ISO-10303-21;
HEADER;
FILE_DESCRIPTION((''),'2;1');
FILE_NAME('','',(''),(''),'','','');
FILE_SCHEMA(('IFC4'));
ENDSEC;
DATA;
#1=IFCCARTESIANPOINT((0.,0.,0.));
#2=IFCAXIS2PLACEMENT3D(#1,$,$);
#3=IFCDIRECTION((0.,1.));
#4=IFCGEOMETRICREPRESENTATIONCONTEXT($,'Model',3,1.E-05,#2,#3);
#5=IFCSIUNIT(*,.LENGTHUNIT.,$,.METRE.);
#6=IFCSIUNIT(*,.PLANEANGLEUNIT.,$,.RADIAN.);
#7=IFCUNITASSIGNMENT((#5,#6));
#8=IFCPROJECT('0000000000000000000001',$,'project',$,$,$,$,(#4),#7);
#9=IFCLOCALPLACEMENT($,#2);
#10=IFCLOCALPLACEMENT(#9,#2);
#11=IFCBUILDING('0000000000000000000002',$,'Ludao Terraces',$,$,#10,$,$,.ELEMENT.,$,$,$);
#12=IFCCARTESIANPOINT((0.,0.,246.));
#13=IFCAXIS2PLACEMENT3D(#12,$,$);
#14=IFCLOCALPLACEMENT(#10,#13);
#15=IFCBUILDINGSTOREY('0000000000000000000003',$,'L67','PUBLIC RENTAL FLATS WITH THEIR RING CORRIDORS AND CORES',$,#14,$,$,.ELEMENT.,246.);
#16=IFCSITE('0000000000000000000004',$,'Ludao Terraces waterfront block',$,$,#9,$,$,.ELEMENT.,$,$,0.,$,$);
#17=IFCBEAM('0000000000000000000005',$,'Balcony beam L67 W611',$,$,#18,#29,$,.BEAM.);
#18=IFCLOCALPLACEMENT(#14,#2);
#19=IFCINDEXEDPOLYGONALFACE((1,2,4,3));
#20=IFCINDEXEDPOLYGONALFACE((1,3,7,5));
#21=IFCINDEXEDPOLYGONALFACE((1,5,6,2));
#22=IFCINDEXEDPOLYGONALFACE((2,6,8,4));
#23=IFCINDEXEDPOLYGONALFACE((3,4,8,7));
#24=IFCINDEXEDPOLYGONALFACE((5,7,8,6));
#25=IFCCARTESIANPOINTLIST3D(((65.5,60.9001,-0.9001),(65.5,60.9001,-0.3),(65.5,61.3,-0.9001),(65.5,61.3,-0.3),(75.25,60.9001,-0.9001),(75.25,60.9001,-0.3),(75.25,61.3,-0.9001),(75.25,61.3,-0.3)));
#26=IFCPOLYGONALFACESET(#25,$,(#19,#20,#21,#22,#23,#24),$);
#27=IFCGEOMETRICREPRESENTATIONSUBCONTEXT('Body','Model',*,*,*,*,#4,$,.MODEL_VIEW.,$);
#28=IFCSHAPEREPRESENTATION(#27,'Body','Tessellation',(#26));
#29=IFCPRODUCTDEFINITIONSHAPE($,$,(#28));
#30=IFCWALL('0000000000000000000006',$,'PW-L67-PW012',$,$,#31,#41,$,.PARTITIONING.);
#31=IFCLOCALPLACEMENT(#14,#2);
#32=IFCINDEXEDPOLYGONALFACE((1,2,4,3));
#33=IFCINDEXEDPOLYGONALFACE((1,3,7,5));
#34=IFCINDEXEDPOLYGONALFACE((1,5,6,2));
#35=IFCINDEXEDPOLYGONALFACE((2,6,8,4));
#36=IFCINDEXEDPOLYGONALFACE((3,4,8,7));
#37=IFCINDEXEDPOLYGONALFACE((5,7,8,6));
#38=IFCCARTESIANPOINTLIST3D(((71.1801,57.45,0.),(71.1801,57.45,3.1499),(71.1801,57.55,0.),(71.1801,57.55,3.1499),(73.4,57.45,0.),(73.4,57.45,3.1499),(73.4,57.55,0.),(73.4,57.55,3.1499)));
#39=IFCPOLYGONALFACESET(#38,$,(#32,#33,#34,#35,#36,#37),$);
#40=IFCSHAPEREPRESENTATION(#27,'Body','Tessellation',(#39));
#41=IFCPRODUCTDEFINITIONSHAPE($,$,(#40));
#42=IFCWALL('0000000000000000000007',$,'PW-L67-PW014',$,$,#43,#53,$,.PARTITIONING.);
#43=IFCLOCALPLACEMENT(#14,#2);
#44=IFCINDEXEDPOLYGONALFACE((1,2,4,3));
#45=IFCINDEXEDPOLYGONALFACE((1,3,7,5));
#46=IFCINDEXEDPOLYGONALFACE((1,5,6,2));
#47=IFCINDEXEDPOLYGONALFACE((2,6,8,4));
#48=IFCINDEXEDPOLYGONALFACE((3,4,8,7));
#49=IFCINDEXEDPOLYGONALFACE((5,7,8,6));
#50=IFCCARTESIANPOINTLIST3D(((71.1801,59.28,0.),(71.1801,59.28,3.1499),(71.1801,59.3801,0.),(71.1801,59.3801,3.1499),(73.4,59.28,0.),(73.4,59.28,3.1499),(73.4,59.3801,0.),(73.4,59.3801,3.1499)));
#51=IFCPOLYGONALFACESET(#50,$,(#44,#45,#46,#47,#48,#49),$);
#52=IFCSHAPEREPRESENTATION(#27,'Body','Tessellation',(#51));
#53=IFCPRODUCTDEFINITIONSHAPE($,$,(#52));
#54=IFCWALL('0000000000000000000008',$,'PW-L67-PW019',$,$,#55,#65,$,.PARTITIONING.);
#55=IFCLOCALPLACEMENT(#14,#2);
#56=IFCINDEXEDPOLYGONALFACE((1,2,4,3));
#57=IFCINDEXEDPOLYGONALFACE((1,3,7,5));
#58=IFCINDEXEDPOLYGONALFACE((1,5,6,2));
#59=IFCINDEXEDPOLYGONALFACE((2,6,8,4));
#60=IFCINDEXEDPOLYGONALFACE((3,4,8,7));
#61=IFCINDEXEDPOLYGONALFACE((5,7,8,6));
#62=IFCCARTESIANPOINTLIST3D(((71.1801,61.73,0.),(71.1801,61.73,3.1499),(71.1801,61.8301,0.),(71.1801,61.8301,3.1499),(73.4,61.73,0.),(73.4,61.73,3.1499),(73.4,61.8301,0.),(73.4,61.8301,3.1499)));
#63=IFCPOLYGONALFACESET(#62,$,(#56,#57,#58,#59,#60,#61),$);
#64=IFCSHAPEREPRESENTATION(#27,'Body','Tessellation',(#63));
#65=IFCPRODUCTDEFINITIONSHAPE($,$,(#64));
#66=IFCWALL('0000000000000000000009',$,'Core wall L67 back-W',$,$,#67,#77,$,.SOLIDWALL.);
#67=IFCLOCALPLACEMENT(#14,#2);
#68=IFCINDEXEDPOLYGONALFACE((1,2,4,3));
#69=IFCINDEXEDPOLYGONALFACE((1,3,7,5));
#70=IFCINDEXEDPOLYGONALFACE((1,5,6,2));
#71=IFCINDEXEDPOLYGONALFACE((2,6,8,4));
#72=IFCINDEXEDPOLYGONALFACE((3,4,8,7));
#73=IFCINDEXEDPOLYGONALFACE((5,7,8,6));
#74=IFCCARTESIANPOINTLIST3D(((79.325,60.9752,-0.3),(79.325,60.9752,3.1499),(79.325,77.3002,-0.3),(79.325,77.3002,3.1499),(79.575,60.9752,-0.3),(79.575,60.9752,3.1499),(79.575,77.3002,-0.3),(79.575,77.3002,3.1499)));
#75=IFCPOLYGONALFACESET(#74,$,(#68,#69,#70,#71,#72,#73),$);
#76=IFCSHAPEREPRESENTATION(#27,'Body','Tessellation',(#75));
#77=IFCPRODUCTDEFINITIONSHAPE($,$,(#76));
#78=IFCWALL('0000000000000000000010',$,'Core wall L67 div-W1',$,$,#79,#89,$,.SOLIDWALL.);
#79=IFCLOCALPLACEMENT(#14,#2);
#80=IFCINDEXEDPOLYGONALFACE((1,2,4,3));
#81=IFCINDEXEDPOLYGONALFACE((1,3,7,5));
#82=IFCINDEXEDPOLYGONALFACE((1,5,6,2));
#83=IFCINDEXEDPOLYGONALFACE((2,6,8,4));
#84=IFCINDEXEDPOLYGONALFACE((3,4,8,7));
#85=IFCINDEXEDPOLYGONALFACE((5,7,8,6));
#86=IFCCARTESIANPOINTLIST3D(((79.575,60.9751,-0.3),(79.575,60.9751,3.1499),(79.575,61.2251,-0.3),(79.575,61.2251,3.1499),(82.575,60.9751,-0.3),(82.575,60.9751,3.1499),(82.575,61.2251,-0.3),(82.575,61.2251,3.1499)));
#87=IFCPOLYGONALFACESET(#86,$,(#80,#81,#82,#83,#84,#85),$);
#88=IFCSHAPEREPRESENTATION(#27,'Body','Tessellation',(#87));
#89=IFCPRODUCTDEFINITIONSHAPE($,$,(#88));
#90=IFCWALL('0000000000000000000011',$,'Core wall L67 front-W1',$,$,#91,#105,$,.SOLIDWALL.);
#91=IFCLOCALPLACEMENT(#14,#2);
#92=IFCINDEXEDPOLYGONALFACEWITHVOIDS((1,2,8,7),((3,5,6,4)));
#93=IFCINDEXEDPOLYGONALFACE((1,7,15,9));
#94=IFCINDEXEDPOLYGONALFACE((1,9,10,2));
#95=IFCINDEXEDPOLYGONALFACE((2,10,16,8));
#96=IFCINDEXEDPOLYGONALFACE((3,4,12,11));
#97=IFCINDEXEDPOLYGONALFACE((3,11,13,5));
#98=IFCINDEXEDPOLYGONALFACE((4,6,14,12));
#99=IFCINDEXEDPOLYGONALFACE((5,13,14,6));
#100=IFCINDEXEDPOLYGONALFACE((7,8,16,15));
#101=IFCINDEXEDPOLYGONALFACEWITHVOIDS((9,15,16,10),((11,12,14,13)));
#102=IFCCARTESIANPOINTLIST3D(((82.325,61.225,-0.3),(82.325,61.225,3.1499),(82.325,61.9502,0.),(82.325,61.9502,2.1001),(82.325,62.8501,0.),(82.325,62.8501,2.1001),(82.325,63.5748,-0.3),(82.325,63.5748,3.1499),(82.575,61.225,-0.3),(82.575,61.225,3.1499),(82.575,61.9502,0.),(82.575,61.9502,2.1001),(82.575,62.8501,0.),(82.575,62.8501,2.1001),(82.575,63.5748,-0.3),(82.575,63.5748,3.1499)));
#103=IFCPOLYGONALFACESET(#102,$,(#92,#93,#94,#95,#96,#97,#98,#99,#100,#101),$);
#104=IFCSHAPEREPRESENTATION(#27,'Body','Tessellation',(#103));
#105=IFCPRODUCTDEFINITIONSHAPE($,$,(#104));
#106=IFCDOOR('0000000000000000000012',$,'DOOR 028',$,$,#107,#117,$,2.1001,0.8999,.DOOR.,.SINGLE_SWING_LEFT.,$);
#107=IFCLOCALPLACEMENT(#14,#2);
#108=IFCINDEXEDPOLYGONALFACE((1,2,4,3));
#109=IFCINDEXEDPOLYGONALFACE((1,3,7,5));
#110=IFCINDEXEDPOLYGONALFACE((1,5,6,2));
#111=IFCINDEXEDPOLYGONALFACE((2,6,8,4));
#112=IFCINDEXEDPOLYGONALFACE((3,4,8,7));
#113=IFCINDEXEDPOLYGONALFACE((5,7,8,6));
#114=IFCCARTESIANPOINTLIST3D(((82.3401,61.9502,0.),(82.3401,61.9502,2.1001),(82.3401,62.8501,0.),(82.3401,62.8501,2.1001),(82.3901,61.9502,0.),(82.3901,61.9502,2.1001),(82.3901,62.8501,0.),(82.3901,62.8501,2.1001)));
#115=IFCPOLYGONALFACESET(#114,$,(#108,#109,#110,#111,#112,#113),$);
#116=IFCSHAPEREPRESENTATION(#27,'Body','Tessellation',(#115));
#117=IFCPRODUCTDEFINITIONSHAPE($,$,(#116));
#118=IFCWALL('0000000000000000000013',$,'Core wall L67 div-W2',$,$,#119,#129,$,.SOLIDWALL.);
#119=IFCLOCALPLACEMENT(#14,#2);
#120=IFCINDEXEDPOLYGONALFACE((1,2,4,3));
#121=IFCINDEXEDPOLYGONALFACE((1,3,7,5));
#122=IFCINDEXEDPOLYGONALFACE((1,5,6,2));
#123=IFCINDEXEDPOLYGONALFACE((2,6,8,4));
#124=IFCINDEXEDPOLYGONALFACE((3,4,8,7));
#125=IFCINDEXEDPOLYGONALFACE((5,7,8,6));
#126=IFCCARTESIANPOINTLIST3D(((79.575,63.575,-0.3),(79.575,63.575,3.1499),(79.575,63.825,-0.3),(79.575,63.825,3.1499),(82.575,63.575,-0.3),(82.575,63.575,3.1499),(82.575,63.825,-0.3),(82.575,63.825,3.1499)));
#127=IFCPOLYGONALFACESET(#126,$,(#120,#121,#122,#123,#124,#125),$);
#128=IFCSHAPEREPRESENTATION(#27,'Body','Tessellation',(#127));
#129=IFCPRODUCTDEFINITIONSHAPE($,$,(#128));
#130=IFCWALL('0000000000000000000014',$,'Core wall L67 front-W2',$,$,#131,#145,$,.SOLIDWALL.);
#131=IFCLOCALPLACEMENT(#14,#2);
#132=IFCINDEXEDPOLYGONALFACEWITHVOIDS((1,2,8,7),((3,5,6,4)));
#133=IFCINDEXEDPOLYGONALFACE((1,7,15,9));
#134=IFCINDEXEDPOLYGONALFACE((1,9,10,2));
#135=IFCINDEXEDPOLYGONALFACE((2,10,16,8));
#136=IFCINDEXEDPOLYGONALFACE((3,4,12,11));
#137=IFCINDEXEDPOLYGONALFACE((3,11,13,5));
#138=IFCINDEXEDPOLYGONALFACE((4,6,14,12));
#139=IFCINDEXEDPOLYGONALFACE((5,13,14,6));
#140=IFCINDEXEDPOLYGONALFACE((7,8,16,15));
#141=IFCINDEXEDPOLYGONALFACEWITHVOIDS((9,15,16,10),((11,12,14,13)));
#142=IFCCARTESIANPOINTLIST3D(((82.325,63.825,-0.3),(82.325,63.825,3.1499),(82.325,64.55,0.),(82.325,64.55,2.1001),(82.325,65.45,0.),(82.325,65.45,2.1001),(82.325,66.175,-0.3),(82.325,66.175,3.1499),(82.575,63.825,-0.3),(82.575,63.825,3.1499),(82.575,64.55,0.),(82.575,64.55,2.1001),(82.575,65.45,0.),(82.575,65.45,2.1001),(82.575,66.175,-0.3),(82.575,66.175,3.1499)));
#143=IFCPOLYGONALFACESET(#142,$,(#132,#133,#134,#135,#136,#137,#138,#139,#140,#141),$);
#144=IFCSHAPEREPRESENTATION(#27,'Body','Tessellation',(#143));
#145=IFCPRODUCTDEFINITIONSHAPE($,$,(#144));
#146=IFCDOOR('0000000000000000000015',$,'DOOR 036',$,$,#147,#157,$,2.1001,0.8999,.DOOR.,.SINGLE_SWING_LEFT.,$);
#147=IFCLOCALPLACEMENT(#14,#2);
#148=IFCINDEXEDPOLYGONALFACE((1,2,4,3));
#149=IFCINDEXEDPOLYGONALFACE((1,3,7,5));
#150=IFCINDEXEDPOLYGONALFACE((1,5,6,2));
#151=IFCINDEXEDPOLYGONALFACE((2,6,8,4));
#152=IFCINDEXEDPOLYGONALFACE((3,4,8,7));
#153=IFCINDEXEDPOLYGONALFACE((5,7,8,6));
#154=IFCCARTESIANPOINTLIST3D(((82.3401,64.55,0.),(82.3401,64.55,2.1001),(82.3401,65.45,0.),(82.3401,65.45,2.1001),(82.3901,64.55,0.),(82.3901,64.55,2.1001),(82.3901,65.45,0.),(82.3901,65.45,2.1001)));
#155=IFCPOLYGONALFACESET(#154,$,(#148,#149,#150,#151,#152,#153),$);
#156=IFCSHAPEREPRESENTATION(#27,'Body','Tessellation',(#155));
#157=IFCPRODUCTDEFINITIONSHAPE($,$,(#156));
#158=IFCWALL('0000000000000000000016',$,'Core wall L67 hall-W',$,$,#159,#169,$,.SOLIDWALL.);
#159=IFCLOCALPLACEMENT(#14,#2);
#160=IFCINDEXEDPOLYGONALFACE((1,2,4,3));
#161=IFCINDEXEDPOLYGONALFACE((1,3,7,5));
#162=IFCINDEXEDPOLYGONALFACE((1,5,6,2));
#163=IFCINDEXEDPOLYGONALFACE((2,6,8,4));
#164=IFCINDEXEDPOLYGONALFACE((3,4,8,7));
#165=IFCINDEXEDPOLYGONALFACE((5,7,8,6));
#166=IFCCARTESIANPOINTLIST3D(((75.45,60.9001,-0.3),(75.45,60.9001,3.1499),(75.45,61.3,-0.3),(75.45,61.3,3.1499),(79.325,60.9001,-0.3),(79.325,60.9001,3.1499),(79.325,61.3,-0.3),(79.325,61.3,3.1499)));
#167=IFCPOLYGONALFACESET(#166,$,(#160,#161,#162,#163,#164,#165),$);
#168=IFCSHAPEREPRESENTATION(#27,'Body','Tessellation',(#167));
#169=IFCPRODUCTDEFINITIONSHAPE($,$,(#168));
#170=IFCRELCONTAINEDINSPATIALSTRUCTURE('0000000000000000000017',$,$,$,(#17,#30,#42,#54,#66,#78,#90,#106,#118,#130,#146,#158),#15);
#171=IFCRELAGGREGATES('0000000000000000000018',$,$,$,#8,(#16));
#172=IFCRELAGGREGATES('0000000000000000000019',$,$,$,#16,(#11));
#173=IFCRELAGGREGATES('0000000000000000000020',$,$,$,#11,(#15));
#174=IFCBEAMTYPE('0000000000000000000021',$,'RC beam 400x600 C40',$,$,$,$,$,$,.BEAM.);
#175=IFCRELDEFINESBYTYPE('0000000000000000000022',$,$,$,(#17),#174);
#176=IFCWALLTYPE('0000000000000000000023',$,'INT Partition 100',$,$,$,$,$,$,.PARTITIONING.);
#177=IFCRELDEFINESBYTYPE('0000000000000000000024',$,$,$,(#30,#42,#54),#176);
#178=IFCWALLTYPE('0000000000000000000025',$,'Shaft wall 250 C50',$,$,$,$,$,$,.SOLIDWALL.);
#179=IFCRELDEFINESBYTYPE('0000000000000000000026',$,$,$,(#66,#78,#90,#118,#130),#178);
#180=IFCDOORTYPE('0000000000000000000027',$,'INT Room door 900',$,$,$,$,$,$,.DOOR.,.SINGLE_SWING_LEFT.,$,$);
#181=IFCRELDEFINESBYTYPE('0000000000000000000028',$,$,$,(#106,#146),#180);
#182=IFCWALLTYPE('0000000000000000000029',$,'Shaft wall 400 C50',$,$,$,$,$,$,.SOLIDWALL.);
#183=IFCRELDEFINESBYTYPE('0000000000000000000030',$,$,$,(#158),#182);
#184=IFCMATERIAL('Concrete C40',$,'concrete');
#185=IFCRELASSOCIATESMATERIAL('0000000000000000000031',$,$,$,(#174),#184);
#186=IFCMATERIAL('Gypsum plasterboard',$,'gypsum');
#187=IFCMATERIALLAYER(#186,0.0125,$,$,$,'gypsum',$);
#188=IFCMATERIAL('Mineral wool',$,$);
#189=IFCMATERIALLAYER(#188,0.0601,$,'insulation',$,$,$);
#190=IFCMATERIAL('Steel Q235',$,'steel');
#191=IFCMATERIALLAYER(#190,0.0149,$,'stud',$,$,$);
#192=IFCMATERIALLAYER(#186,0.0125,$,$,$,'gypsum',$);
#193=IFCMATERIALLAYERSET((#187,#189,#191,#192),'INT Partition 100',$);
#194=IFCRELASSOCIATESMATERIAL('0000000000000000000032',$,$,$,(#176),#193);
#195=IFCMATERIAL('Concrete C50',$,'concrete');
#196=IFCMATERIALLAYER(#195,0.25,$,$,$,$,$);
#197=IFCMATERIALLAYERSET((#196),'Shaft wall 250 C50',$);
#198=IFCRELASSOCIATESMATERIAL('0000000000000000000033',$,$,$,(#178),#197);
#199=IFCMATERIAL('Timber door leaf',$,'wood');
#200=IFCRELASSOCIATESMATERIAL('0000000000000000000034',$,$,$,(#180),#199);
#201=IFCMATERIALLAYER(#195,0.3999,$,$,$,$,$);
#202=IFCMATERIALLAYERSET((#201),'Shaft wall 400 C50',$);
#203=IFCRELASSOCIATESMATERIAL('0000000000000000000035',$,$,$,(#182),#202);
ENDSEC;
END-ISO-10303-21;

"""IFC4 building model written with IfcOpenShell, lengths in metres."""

from ifc_helpers import new_model, si_unit, direction, frame, frame_2d, origin, origin_2d, place, context, subcontext, project, spatial, rectangle, extrude, material, layer, layer_set, material_profile, profile_set, type_object, element, fill, save


model = new_model("IFC4")

# Units and contexts
model_context = context("Model", 3, precision=1e-05, world=origin(), true_north=direction((0.0, 1.0)))
body_context = subcontext(model_context, "Body", "Model", "MODEL_VIEW")
ifc_project = project(units=[si_unit("LENGTHUNIT", "METRE"), si_unit("PLANEANGLEUNIT", "RADIAN")], contexts=[model_context])

# Site, building, storey
site_placement = place(None, origin())
site = spatial("IfcSite", under=ifc_project, at=site_placement, Name="Ludao Terraces waterfront block", CompositionType="ELEMENT", RefElevation=0.0)
building_placement = place(site_placement, origin())
building = spatial("IfcBuilding", under=site, at=building_placement, Name="Ludao Terraces", CompositionType="ELEMENT")
storey_placement = place(building_placement, frame((0.0, 0.0, 246.0)))
storey = spatial("IfcBuildingStorey", under=building, at=storey_placement, Name="L67", Description="PUBLIC RENTAL FLATS WITH THEIR RING CORRIDORS AND CORES", CompositionType="ELEMENT", Elevation=246.0)

# Beam
ifc_material_1 = material(Name="Concrete C40", Category="concrete")
ifc_material_profile = material_profile(ifc_material_1, rectangle(XDim=0.3999, YDim=0.6001, at=origin_2d()), Name="400 X 600")
ifc_profile_set = profile_set([ifc_material_profile], Name="Concrete C40")
beam_type = type_object("IfcBeamType", Name="RC beam 400x600 C40", PredefinedType="BEAM", material=ifc_profile_set)
beam_placement = place(storey_placement, frame((75.25, 61.1001, -0.6001), z_axis=(-1.0, 0.0, 0.0), x_axis=(0.0, -1.0, 0.0)))
element("IfcBeam", 1, at=beam_placement, inside=storey, type_object=beam_type, Name="Balcony beam L67 W611", PredefinedType="BEAM", context=body_context, shape_type="SweptSolid", body=[
    extrude(rectangle(XDim=0.3999, YDim=0.6001, at=origin_2d()), origin(), (0.0, 0.0, 1.0), 9.75),
])

# Walls
ifc_material_2 = material(Name="Gypsum plasterboard", Category="gypsum")
ifc_layer_1 = layer(ifc_material_2, 0.0125, Category="gypsum")
ifc_material_3 = material(Name="Mineral wool")
ifc_layer_2 = layer(ifc_material_3, 0.0601, Name="insulation")
ifc_material_4 = material(Name="Steel Q235", Category="steel")
ifc_layer_3 = layer(ifc_material_4, 0.0149, Name="stud")
ifc_layer_4 = layer(ifc_material_2, 0.0125, Category="gypsum")
ifc_layer_set_1 = layer_set([ifc_layer_1, ifc_layer_2, ifc_layer_3, ifc_layer_4], Name="INT Partition 100")
wall_type_1 = type_object("IfcWallType", Name="INT Partition 100", PredefinedType="PARTITIONING", material=ifc_layer_set_1)
for number, where, z_axis, x_axis, name in (
    (2, (71.1802, 57.5, 0.0), (0.0, 0.0, 1.0), (1.0, 0.0, 0.0), "PW-L67-PW012"),
    (3, (71.1802, 59.3301, 0.0), (0.0, 0.0, 1.0), (1.0, 0.0, 0.0), "PW-L67-PW014"),
    (4, (71.1802, 61.78, 0.0), (0.0, 0.0, 1.0), (1.0, 0.0, 0.0), "PW-L67-PW019"),
):
    element("IfcWall", number, at=place(storey_placement, frame(where, z_axis=z_axis, x_axis=x_axis)), inside=storey, type_object=wall_type_1, Name=name, PredefinedType="PARTITIONING", context=body_context, shape_type="SweptSolid", body=[
        extrude(rectangle(XDim=2.22, YDim=0.1001, at=frame_2d((1.1099, 0.0))), origin(), (0.0, 0.0, 1.0), 3.1499),
    ])
ifc_material_5 = material(Name="Concrete C50", Category="concrete")
ifc_layer_5 = layer(ifc_material_5, 0.25)
ifc_layer_set_2 = layer_set([ifc_layer_5], Name="Shaft wall 250 C50")
wall_type_2 = type_object("IfcWallType", Name="Shaft wall 250 C50", PredefinedType="SOLIDWALL", material=ifc_layer_set_2)
wall_1_placement = place(storey_placement, frame((79.45, 60.9751, -0.3), z_axis=(0.0, 0.0, 1.0), x_axis=(0.0, 1.0, 0.0)))
element("IfcWall", 5, at=wall_1_placement, inside=storey, type_object=wall_type_2, Name="Core wall L67 back-W", PredefinedType="SOLIDWALL", context=body_context, shape_type="SweptSolid", body=[
    extrude(rectangle(XDim=16.325, YDim=0.25, at=frame_2d((8.1626, 0.0))), origin(), (0.0, 0.0, 1.0), 3.45),
])
wall_2_placement = place(storey_placement, frame((79.575, 61.1001, -0.3), z_axis=(0.0, 0.0, 1.0), x_axis=(1.0, 0.0, 0.0)))
element("IfcWall", 6, at=wall_2_placement, inside=storey, type_object=wall_type_2, Name="Core wall L67 div-W1", PredefinedType="SOLIDWALL", context=body_context, shape_type="SweptSolid", body=[
    extrude(rectangle(XDim=3.0, YDim=0.25, at=frame_2d((1.5, 0.0))), origin(), (0.0, 0.0, 1.0), 3.45),
])

# Wall, opening, door
wall_3_placement = place(storey_placement, frame((82.45, 61.2251, -0.3), z_axis=(0.0, 0.0, 1.0), x_axis=(0.0, 1.0, 0.0)))
wall_3 = element("IfcWall", 7, at=wall_3_placement, inside=storey, type_object=wall_type_2, Name="Core wall L67 front-W1", PredefinedType="SOLIDWALL", context=body_context, shape_type="SweptSolid", body=[
    extrude(rectangle(XDim=2.3499, YDim=0.25, at=frame_2d((1.1748, 0.0))), origin(), (0.0, 0.0, 1.0), 3.45),
])
opening_1_placement = place(wall_3_placement, frame((0.7251, 0.0, 0.3)))
opening_1 = element("IfcOpeningElement", 8, at=opening_1_placement, cuts=wall_3, PredefinedType="OPENING", context=body_context, shape_type="SweptSolid", body=[
    extrude(rectangle(XDim=0.8999, YDim=2.1001, at=frame_2d((0.45, 1.05))), frame((0.0, 0.135, 0.0), z_axis=(0.0, -1.0, 0.0), x_axis=(1.0, 0.0, 0.0)), (0.0, 0.0, 1.0), 0.27),
])
ifc_material_6 = material(Name="Timber door leaf", Category="wood")
door_type = type_object("IfcDoorType", Name="INT Room door 900", OperationType="SINGLE_SWING_LEFT", PredefinedType="DOOR", material=ifc_material_6)
door_1_placement = place(opening_1_placement, origin())
door_1 = element("IfcDoor", 9, at=door_1_placement, inside=storey, type_object=door_type, Name="DOOR 028", OperationType="SINGLE_SWING_LEFT", OverallHeight=2.1001, OverallWidth=0.8999, PredefinedType="DOOR", context=body_context, shape_type="SweptSolid", body=[
    extrude(rectangle(XDim=0.8999, YDim=2.1001, at=frame_2d((0.45, 1.05))), frame((0.0, 0.1099, 0.0), z_axis=(0.0, -1.0, 0.0), x_axis=(1.0, 0.0, 0.0)), (0.0, 0.0, 1.0), 0.05),
])
fill(opening_1, door_1)

# Wall
wall_4_placement = place(storey_placement, frame((79.575, 63.7, -0.3), z_axis=(0.0, 0.0, 1.0), x_axis=(1.0, 0.0, 0.0)))
element("IfcWall", 10, at=wall_4_placement, inside=storey, type_object=wall_type_2, Name="Core wall L67 div-W2", PredefinedType="SOLIDWALL", context=body_context, shape_type="SweptSolid", body=[
    extrude(rectangle(XDim=3.0, YDim=0.25, at=frame_2d((1.5, 0.0))), origin(), (0.0, 0.0, 1.0), 3.45),
])

# Wall, opening, door
wall_5_placement = place(storey_placement, frame((82.45, 63.825, -0.3), z_axis=(0.0, 0.0, 1.0), x_axis=(0.0, 1.0, 0.0)))
wall_5 = element("IfcWall", 11, at=wall_5_placement, inside=storey, type_object=wall_type_2, Name="Core wall L67 front-W2", PredefinedType="SOLIDWALL", context=body_context, shape_type="SweptSolid", body=[
    extrude(rectangle(XDim=2.3501, YDim=0.25, at=frame_2d((1.175, 0.0))), origin(), (0.0, 0.0, 1.0), 3.45),
])
opening_2_placement = place(wall_5_placement, frame((0.7251, 0.0, 0.3)))
opening_2 = element("IfcOpeningElement", 12, at=opening_2_placement, cuts=wall_5, PredefinedType="OPENING", context=body_context, shape_type="SweptSolid", body=[
    extrude(rectangle(XDim=0.8999, YDim=2.1001, at=frame_2d((0.45, 1.05))), frame((0.0, 0.135, 0.0), z_axis=(0.0, -1.0, 0.0), x_axis=(1.0, 0.0, 0.0)), (0.0, 0.0, 1.0), 0.27),
])
door_2_placement = place(opening_2_placement, origin())
door_2 = element("IfcDoor", 13, at=door_2_placement, inside=storey, type_object=door_type, Name="DOOR 036", OperationType="SINGLE_SWING_LEFT", OverallHeight=2.1001, OverallWidth=0.8999, PredefinedType="DOOR", context=body_context, shape_type="SweptSolid", body=[
    extrude(rectangle(XDim=0.8999, YDim=2.1001, at=frame_2d((0.45, 1.05))), frame((0.0, 0.1099, 0.0), z_axis=(0.0, -1.0, 0.0), x_axis=(1.0, 0.0, 0.0)), (0.0, 0.0, 1.0), 0.05),
])
fill(opening_2, door_2)

# Wall
ifc_layer_6 = layer(ifc_material_5, 0.3999)
ifc_layer_set_3 = layer_set([ifc_layer_6], Name="Shaft wall 400 C50")
wall_type_3 = type_object("IfcWallType", Name="Shaft wall 400 C50", PredefinedType="SOLIDWALL", material=ifc_layer_set_3)
wall_6_placement = place(storey_placement, frame((75.45, 61.1001, -0.3), z_axis=(0.0, 0.0, 1.0), x_axis=(1.0, 0.0, 0.0)))
element("IfcWall", 14, at=wall_6_placement, inside=storey, type_object=wall_type_3, Name="Core wall L67 hall-W", PredefinedType="SOLIDWALL", context=body_context, shape_type="SweptSolid", body=[
    extrude(rectangle(XDim=3.875, YDim=0.3999, at=frame_2d((1.9375, 0.0))), origin(), (0.0, 0.0, 1.0), 3.45),
])

save(model, "model.ifc")
